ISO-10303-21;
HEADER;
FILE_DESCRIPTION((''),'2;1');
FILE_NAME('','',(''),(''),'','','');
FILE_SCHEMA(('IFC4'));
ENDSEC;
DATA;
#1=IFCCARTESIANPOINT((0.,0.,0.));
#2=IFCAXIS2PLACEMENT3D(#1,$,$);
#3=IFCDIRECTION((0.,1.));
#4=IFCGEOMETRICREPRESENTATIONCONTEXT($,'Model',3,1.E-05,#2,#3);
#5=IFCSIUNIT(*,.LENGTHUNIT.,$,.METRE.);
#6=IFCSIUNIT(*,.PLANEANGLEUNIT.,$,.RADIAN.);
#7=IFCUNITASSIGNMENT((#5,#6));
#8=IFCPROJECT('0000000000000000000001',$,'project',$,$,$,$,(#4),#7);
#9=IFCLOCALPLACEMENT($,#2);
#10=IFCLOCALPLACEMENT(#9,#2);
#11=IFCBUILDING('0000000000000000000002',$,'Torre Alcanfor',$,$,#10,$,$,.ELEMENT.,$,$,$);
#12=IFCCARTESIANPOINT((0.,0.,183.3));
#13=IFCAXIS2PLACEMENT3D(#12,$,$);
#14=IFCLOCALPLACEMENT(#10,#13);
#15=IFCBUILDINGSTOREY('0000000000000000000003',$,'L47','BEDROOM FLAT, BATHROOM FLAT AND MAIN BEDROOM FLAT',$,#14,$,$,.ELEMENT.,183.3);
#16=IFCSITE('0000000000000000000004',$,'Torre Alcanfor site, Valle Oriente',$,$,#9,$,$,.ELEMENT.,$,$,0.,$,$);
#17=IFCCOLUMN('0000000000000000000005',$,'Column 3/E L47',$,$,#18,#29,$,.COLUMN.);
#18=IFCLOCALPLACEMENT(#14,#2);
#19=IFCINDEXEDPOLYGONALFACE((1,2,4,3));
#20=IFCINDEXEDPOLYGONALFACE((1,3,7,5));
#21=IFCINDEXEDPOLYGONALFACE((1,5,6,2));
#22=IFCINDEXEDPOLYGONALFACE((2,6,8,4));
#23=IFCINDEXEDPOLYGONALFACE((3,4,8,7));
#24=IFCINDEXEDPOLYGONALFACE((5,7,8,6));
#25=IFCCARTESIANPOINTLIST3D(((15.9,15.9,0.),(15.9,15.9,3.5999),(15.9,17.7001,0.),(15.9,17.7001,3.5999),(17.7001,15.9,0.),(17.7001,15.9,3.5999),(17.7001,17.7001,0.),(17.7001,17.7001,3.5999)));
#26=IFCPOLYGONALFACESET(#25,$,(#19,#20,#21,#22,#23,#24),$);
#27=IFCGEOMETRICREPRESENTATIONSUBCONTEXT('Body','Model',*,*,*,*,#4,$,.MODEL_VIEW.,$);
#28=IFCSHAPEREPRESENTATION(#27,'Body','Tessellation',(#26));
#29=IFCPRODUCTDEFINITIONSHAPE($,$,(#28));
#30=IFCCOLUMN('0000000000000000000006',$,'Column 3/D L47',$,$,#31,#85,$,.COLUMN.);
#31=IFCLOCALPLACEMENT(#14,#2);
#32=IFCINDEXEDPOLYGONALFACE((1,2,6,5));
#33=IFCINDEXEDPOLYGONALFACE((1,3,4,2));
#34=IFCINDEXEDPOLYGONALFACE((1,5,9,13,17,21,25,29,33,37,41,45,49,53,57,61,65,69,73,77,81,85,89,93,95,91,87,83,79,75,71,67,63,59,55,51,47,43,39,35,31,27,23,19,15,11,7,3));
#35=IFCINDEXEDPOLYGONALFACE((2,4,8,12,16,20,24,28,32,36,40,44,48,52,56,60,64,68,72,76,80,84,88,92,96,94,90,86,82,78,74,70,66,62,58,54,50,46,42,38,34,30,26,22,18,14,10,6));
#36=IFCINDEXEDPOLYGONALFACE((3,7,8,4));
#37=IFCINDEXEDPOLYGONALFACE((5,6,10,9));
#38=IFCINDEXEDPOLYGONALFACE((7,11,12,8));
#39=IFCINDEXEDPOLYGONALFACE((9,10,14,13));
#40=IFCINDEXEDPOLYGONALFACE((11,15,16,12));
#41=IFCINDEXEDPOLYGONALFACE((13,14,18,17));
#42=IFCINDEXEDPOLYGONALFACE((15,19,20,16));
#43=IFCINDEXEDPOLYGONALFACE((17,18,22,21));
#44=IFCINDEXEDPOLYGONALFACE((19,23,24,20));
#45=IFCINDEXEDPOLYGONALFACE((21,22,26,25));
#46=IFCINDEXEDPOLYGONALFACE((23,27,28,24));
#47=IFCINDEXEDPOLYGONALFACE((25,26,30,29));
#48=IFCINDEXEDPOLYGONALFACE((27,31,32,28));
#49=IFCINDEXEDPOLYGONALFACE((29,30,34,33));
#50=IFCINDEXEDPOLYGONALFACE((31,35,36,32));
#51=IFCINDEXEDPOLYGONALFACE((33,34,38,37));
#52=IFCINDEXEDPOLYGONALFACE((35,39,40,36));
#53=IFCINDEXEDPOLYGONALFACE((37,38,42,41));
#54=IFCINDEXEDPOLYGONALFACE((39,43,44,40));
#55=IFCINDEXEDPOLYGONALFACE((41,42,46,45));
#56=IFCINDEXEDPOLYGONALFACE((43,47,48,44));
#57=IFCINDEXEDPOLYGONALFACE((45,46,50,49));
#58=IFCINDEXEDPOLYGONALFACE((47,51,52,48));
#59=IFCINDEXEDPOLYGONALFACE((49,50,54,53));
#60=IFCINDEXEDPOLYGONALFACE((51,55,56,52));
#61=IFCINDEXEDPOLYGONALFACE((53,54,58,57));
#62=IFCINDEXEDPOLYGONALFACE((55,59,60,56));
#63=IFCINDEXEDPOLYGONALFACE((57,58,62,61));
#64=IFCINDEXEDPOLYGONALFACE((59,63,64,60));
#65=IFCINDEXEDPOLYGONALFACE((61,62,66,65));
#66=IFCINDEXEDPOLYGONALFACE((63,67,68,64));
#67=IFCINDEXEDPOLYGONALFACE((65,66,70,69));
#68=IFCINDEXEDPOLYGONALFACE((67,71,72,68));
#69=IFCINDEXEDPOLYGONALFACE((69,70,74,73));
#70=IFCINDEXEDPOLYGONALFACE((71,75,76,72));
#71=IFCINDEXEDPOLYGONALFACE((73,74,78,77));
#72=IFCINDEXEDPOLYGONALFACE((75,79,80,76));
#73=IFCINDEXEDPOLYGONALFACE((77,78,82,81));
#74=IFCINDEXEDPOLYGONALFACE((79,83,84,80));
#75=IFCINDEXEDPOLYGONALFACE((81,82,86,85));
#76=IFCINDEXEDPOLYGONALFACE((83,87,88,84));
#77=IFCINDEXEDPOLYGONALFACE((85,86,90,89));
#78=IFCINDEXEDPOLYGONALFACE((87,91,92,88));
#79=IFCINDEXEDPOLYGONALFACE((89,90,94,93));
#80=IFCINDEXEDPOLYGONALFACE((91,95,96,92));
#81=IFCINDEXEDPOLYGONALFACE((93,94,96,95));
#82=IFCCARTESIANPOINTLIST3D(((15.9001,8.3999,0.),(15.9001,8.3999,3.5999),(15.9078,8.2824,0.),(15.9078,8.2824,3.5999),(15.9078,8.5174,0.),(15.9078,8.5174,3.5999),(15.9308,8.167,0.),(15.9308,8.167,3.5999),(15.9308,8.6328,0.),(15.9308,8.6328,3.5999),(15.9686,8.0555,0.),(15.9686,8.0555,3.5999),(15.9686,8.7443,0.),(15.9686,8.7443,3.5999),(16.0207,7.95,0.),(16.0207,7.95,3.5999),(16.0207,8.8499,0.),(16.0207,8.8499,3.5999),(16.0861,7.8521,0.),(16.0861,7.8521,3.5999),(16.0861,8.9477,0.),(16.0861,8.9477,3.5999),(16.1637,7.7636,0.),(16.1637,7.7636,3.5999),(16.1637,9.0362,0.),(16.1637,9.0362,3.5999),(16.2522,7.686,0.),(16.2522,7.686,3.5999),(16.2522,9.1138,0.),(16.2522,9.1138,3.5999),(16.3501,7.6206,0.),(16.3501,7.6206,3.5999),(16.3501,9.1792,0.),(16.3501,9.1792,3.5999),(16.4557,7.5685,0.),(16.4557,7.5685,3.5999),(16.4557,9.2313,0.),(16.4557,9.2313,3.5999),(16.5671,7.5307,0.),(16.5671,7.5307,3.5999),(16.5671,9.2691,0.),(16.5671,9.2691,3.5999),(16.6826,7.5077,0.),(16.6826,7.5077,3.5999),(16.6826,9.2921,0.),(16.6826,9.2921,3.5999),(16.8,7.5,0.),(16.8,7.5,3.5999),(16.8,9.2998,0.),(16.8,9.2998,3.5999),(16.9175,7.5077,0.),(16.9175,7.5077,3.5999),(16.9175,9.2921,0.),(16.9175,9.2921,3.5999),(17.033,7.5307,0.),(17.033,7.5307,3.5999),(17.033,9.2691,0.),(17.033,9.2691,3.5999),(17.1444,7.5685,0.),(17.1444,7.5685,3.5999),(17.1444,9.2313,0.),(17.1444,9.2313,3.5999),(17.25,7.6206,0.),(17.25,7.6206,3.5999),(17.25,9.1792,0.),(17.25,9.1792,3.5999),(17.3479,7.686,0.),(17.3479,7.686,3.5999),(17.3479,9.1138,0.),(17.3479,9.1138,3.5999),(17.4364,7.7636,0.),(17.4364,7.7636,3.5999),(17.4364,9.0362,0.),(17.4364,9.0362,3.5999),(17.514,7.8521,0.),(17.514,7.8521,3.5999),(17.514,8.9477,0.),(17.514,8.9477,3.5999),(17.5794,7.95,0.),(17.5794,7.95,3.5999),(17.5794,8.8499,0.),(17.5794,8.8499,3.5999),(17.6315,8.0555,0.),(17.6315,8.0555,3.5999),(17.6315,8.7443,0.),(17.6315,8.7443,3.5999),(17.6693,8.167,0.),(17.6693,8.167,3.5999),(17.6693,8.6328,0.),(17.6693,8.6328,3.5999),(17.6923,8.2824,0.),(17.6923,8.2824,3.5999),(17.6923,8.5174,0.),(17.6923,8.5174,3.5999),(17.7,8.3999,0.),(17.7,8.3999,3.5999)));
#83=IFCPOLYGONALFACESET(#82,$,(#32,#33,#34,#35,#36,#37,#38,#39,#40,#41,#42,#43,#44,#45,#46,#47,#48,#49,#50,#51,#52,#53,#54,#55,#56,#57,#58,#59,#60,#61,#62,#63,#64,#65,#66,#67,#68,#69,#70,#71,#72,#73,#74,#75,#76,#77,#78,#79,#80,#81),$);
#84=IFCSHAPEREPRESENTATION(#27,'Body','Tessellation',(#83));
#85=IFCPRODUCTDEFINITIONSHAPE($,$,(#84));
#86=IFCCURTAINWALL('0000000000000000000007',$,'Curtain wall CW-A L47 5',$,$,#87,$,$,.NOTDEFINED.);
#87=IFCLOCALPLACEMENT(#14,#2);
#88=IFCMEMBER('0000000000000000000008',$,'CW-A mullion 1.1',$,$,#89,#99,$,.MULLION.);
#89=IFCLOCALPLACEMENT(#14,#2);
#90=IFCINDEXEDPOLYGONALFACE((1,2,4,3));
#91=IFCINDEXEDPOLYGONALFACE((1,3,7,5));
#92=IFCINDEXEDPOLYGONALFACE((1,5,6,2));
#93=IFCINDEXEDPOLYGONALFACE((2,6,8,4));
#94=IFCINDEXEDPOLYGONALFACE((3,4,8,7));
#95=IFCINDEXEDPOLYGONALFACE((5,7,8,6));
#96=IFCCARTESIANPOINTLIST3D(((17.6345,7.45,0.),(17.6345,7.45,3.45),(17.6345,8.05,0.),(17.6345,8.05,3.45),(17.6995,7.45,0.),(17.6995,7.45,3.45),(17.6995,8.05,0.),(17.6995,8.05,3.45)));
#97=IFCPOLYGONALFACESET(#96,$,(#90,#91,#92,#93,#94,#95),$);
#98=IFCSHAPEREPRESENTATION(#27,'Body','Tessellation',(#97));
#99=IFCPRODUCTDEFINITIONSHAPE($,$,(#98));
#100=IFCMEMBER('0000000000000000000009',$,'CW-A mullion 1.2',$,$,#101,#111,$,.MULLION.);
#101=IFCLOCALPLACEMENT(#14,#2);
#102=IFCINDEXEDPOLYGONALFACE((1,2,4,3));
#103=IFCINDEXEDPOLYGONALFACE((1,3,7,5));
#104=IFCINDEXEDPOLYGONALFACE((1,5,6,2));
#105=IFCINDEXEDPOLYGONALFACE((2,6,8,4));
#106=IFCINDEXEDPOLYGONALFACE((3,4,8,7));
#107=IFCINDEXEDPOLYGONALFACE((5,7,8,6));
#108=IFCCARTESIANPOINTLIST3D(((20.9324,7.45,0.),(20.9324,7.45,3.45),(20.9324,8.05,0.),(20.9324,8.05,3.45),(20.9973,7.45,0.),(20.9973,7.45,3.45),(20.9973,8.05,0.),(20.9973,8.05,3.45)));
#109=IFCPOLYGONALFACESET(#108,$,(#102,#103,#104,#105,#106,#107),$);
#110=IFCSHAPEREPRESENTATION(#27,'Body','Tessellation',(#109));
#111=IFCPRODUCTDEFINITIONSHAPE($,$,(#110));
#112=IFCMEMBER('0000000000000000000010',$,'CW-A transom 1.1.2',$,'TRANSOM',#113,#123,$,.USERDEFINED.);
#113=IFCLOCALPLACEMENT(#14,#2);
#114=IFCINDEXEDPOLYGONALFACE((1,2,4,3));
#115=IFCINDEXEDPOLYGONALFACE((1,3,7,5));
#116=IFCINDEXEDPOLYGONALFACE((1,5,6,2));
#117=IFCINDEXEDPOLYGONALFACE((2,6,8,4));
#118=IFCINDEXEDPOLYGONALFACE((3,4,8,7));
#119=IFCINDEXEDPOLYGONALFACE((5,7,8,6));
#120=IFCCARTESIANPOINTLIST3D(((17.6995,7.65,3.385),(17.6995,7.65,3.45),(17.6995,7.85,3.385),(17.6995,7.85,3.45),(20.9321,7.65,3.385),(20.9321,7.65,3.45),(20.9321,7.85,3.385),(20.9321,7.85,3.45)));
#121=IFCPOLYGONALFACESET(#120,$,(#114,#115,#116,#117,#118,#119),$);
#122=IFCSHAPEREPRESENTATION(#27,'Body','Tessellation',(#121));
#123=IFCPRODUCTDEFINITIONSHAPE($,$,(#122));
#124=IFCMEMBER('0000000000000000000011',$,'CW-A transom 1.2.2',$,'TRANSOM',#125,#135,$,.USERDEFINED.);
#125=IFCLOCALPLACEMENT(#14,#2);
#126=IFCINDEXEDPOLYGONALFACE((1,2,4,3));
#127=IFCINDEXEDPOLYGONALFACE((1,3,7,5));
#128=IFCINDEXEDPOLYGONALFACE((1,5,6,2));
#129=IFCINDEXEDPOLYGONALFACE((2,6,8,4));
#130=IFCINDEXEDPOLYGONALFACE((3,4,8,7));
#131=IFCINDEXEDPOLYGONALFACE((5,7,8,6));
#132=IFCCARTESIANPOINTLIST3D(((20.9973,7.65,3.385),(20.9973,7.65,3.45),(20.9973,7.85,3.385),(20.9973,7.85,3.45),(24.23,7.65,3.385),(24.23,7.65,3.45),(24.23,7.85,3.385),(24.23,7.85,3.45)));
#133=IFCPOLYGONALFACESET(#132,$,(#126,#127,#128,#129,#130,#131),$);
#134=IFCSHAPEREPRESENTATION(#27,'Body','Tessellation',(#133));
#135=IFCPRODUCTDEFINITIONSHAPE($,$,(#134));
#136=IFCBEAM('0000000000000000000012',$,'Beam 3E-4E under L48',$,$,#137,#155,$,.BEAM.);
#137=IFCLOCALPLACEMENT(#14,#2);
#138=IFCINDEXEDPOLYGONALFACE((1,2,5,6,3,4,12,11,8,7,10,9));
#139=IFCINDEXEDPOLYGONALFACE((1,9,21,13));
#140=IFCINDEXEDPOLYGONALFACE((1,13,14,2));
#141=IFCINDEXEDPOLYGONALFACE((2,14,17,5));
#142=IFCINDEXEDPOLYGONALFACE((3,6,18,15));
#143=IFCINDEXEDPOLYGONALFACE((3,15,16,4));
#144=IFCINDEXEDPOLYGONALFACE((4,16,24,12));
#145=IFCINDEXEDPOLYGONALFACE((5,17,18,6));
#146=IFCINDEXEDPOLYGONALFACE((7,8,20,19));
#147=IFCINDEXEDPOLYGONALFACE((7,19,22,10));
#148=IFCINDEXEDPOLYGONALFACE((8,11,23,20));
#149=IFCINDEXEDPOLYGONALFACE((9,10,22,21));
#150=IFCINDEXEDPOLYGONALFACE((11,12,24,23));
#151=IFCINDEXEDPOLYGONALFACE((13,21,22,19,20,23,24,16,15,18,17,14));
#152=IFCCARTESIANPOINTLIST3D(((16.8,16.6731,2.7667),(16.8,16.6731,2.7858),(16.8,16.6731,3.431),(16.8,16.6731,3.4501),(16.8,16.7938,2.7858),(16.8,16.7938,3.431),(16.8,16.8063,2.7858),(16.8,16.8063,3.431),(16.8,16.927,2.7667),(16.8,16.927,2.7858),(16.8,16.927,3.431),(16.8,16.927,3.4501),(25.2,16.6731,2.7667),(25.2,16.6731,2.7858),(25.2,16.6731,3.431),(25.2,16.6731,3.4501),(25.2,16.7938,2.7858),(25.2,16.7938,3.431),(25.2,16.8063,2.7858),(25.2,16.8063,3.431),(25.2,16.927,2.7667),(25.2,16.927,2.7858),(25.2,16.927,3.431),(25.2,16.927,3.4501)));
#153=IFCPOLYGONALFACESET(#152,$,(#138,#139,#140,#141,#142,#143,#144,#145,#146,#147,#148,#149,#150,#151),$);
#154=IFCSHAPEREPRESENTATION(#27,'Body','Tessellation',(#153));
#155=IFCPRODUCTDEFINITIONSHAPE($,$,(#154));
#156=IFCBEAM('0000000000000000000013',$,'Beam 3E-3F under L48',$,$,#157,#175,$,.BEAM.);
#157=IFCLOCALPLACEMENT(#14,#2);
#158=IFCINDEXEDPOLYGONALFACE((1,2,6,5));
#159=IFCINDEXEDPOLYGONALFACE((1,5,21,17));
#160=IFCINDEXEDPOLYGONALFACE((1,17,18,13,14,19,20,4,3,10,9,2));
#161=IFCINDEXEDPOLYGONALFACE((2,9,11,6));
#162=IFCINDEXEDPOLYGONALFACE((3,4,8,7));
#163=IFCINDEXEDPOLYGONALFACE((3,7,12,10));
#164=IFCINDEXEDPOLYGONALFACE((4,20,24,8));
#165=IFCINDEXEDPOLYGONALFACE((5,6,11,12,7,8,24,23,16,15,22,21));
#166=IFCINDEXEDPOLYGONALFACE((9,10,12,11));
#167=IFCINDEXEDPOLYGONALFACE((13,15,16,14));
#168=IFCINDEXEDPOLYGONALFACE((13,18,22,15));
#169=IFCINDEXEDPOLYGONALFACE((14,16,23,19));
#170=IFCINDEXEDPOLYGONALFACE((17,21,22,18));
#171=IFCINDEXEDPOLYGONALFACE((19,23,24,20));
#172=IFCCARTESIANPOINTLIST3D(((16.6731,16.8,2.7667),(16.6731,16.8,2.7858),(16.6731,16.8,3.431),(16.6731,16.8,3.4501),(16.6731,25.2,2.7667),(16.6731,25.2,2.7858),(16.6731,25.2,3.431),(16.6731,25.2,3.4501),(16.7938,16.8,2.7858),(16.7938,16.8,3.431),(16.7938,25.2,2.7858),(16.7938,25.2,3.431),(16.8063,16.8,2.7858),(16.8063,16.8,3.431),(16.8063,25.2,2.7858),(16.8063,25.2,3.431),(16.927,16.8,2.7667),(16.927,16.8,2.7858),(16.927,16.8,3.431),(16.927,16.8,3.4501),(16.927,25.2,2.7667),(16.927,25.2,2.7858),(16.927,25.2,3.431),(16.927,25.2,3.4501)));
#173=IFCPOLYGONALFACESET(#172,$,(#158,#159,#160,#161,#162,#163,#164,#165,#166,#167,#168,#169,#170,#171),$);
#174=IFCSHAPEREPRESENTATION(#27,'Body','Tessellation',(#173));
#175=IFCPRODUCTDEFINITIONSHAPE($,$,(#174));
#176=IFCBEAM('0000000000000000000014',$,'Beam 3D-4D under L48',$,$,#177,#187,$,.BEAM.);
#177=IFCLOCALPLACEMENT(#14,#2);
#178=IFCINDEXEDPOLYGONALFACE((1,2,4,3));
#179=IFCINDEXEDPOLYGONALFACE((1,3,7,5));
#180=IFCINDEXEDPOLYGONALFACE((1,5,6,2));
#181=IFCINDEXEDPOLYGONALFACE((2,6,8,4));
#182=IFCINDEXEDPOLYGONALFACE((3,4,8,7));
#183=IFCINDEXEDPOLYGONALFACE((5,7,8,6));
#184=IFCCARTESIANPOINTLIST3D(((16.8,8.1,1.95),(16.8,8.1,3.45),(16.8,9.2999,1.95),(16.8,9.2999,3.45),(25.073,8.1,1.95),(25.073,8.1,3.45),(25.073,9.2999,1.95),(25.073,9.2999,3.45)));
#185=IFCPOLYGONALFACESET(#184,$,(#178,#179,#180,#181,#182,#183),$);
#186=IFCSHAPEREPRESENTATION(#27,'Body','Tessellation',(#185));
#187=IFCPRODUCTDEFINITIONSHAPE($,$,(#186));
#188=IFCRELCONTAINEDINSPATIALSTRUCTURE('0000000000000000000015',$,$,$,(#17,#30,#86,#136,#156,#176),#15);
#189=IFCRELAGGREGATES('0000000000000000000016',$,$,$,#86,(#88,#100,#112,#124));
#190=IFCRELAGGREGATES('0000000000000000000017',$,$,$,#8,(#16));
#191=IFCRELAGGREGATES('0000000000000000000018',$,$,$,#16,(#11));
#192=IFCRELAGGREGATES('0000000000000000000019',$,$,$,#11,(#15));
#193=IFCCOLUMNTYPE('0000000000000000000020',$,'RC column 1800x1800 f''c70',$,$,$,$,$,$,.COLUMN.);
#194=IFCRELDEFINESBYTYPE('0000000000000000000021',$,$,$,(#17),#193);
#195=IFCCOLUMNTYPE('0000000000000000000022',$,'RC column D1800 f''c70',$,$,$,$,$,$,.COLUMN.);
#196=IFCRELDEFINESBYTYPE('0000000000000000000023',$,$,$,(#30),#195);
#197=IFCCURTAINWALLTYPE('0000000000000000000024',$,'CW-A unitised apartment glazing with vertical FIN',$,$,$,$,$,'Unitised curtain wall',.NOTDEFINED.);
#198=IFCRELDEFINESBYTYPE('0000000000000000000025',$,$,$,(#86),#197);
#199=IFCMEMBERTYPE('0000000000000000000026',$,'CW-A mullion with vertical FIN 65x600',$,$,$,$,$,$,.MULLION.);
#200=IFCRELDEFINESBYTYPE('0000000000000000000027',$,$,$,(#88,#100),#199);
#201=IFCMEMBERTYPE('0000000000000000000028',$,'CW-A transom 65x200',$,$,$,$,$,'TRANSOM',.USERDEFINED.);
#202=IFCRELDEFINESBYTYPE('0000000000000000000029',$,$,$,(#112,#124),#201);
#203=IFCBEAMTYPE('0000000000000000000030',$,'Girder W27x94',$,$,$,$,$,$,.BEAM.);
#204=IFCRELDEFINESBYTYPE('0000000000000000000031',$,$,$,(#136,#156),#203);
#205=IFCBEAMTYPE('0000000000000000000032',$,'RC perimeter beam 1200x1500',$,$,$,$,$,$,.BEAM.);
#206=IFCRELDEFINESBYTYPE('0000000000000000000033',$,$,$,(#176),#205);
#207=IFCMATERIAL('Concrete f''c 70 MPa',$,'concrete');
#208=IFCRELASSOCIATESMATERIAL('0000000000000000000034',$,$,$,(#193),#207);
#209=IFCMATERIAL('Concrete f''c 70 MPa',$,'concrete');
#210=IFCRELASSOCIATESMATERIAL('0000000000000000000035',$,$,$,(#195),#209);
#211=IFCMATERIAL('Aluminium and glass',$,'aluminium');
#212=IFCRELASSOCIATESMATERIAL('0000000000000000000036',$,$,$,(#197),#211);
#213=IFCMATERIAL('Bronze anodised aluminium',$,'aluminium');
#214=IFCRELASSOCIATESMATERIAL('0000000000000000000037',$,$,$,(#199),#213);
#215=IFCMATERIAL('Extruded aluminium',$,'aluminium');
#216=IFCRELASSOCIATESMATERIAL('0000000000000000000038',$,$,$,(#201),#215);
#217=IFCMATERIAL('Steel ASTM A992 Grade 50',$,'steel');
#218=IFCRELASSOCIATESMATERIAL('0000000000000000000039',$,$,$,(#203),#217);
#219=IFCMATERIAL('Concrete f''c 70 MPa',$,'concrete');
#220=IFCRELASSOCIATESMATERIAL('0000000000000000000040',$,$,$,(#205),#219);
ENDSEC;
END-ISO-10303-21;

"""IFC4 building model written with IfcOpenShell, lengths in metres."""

from ifc_helpers import new_model, si_unit, direction, frame, origin, origin_2d, place, context, subcontext, project, spatial, rectangle, circle, i_section, extrude, material, material_profile, profile_set, type_object, element, aggregate, save


model = new_model("IFC4")

# Units and contexts
model_context = context("Model", 3, precision=1e-05, world=origin(), true_north=direction((0.0, 1.0)))
body_context = subcontext(model_context, "Body", "Model", "MODEL_VIEW")
ifc_project = project(units=[si_unit("LENGTHUNIT", "METRE"), si_unit("PLANEANGLEUNIT", "RADIAN")], contexts=[model_context])

# Site, building, storey
site_placement = place(None, origin())
site = spatial("IfcSite", under=ifc_project, at=site_placement, Name="Torre Alcanfor site, Valle Oriente", CompositionType="ELEMENT", RefElevation=0.0)
building_placement = place(site_placement, origin())
building = spatial("IfcBuilding", under=site, at=building_placement, Name="Torre Alcanfor", CompositionType="ELEMENT")
storey_placement = place(building_placement, frame((0.0, 0.0, 183.3)))
storey = spatial("IfcBuildingStorey", under=building, at=storey_placement, Name="L47", Description="BEDROOM FLAT, BATHROOM FLAT AND MAIN BEDROOM FLAT", CompositionType="ELEMENT", Elevation=183.3)

# Columns
ifc_material_1 = material(Name="Concrete f'c 70 MPa", Category="concrete")
ifc_material_profile_1 = material_profile(ifc_material_1, rectangle(XDim=1.8, YDim=1.8, at=origin_2d()), Name="1800x1800")
ifc_profile_set_1 = profile_set([ifc_material_profile_1], Name="Concrete f'c 70 MPa")
column_type_1 = type_object("IfcColumnType", Name="RC column 1800x1800 f'c70", PredefinedType="COLUMN", material=ifc_profile_set_1)
column_1_placement = place(storey_placement, frame((16.8, 16.8, 0.0), z_axis=(0.0, 0.0, 1.0), x_axis=(1.0, 0.0, 0.0)))
element("IfcColumn", 1, at=column_1_placement, inside=storey, type_object=column_type_1, Name="Column 3/E L47", PredefinedType="COLUMN", context=body_context, shape_type="SweptSolid", body=[
    extrude(rectangle(XDim=1.8, YDim=1.8, at=origin_2d()), origin(), (0.0, 0.0, 1.0), 3.5999),
])
ifc_material_2 = material(Name="Concrete f'c 70 MPa", Category="concrete")
ifc_material_profile_2 = material_profile(ifc_material_2, circle(Radius=0.8999, at=origin_2d()), Name="D1800")
ifc_profile_set_2 = profile_set([ifc_material_profile_2], Name="Concrete f'c 70 MPa")
column_type_2 = type_object("IfcColumnType", Name="RC column D1800 f'c70", PredefinedType="COLUMN", material=ifc_profile_set_2)
column_2_placement = place(storey_placement, frame((16.8, 8.3999, 0.0), z_axis=(0.0, 0.0, 1.0), x_axis=(1.0, 0.0, 0.0)))
element("IfcColumn", 2, at=column_2_placement, inside=storey, type_object=column_type_2, Name="Column 3/D L47", PredefinedType="COLUMN", context=body_context, shape_type="SweptSolid", body=[
    extrude(circle(Radius=0.8999, at=origin_2d()), origin(), (0.0, 0.0, 1.0), 3.5999),
])

# Curtain wall, members
ifc_material_3 = material(Name="Aluminium and glass", Category="aluminium")
curtain_wall_type = type_object("IfcCurtainWallType", Name="CW-A unitised apartment glazing with vertical FIN", ElementType="Unitised curtain wall", PredefinedType="NOTDEFINED", material=ifc_material_3)
curtain_wall_placement = place(storey_placement, origin())
curtain_wall = element("IfcCurtainWall", 3, at=curtain_wall_placement, inside=storey, type_object=curtain_wall_type, Name="Curtain wall CW-A L47 5", PredefinedType="NOTDEFINED")
ifc_material_4 = material(Name="Bronze anodised aluminium", Category="aluminium")
ifc_material_profile_3 = material_profile(ifc_material_4, rectangle(XDim=0.6001, YDim=0.0649, at=origin_2d()), Name="CW-A mullion 65x600")
ifc_profile_set_3 = profile_set([ifc_material_profile_3], Name="Bronze anodised aluminium")
member_type_1 = type_object("IfcMemberType", Name="CW-A mullion with vertical FIN 65x600", PredefinedType="MULLION", material=ifc_profile_set_3)
member_1_placement = place(storey_placement, frame((17.667, 7.75, 0.0), z_axis=(0.0, 0.0, 1.0), x_axis=(0.0, 1.0, 0.0)))
member_1 = element("IfcMember", 4, at=member_1_placement, type_object=member_type_1, Name="CW-A mullion 1.1", PredefinedType="MULLION", context=body_context, shape_type="SweptSolid", body=[
    extrude(rectangle(XDim=0.6001, YDim=0.0649, at=origin_2d()), origin(), (0.0, 0.0, 1.0), 3.45),
])
member_2_placement = place(storey_placement, frame((20.9648, 7.75, 0.0), z_axis=(0.0, 0.0, 1.0), x_axis=(0.0, 1.0, 0.0)))
member_2 = element("IfcMember", 5, at=member_2_placement, type_object=member_type_1, Name="CW-A mullion 1.2", PredefinedType="MULLION", context=body_context, shape_type="SweptSolid", body=[
    extrude(rectangle(XDim=0.6001, YDim=0.0649, at=origin_2d()), origin(), (0.0, 0.0, 1.0), 3.45),
])
ifc_material_5 = material(Name="Extruded aluminium", Category="aluminium")
ifc_material_profile_4 = material_profile(ifc_material_5, rectangle(XDim=0.2, YDim=0.0649, at=origin_2d()), Name="CW-A transom 200x65")
ifc_profile_set_4 = profile_set([ifc_material_profile_4], Name="Extruded aluminium")
member_type_2 = type_object("IfcMemberType", Name="CW-A transom 65x200", ElementType="TRANSOM", PredefinedType="USERDEFINED", material=ifc_profile_set_4)
member_3_placement = place(storey_placement, frame((17.6995, 7.75, 3.4175), z_axis=(1.0, 0.0, 0.0), x_axis=(0.0, 1.0, 0.0)))
member_3 = element("IfcMember", 6, at=member_3_placement, type_object=member_type_2, Name="CW-A transom 1.1.2", ObjectType="TRANSOM", PredefinedType="USERDEFINED", context=body_context, shape_type="SweptSolid", body=[
    extrude(rectangle(XDim=0.2, YDim=0.0649, at=origin_2d()), origin(), (0.0, 0.0, 1.0), 3.2327),
])
member_4_placement = place(storey_placement, frame((20.9973, 7.75, 3.4175), z_axis=(1.0, 0.0, 0.0), x_axis=(0.0, 1.0, 0.0)))
member_4 = element("IfcMember", 7, at=member_4_placement, type_object=member_type_2, Name="CW-A transom 1.2.2", ObjectType="TRANSOM", PredefinedType="USERDEFINED", context=body_context, shape_type="SweptSolid", body=[
    extrude(rectangle(XDim=0.2, YDim=0.0649, at=origin_2d()), origin(), (0.0, 0.0, 1.0), 3.2327),
])

# Beams
ifc_material_6 = material(Name="Steel ASTM A992 Grade 50", Category="steel")
ifc_material_profile_5 = material_profile(ifc_material_6, i_section(OverallWidth=0.2539, OverallDepth=0.6833, WebThickness=0.0125, FlangeThickness=0.019, at=origin_2d()), Name="W27x94")
ifc_profile_set_5 = profile_set([ifc_material_profile_5], Name="Steel ASTM A992 Grade 50")
beam_type_1 = type_object("IfcBeamType", Name="Girder W27x94", PredefinedType="BEAM", material=ifc_profile_set_5)
for number, where, z_axis, x_axis, name in (
    (8, (16.8, 16.8, 3.1084), (1.0, 0.0, 0.0), (0.0, 1.0, 0.0), "Beam 3E-4E under L48"),
    (9, (16.8, 16.8, 3.1084), (0.0, 1.0, 0.0), (-1.0, 0.0, 0.0), "Beam 3E-3F under L48"),
):
    element("IfcBeam", number, at=place(storey_placement, frame(where, z_axis=z_axis, x_axis=x_axis)), inside=storey, type_object=beam_type_1, Name=name, PredefinedType="BEAM", context=body_context, shape_type="SweptSolid", body=[
        extrude(i_section(OverallWidth=0.2539, OverallDepth=0.6833, WebThickness=0.0125, FlangeThickness=0.019, at=origin_2d()), origin(), (0.0, 0.0, 1.0), 8.3999),
    ])
ifc_material_7 = material(Name="Concrete f'c 70 MPa", Category="concrete")
ifc_material_profile_6 = material_profile(ifc_material_7, rectangle(XDim=1.2, YDim=1.5, at=origin_2d()), Name="1200x1500")
ifc_profile_set_6 = profile_set([ifc_material_profile_6], Name="Concrete f'c 70 MPa")
beam_type_2 = type_object("IfcBeamType", Name="RC perimeter beam 1200x1500", PredefinedType="BEAM", material=ifc_profile_set_6)
beam_1_placement = place(storey_placement, frame((16.8, 8.7, 2.7), z_axis=(1.0, 0.0, 0.0), x_axis=(0.0, 1.0, 0.0)))
element("IfcBeam", 10, at=beam_1_placement, inside=storey, type_object=beam_type_2, Name="Beam 3D-4D under L48", PredefinedType="BEAM", context=body_context, shape_type="SweptSolid", body=[
    extrude(rectangle(XDim=1.2, YDim=1.5, at=origin_2d()), origin(), (0.0, 0.0, 1.0), 8.2729),
])

aggregate(curtain_wall, [member_1, member_2, member_3, member_4])

save(model, "model.ifc")
